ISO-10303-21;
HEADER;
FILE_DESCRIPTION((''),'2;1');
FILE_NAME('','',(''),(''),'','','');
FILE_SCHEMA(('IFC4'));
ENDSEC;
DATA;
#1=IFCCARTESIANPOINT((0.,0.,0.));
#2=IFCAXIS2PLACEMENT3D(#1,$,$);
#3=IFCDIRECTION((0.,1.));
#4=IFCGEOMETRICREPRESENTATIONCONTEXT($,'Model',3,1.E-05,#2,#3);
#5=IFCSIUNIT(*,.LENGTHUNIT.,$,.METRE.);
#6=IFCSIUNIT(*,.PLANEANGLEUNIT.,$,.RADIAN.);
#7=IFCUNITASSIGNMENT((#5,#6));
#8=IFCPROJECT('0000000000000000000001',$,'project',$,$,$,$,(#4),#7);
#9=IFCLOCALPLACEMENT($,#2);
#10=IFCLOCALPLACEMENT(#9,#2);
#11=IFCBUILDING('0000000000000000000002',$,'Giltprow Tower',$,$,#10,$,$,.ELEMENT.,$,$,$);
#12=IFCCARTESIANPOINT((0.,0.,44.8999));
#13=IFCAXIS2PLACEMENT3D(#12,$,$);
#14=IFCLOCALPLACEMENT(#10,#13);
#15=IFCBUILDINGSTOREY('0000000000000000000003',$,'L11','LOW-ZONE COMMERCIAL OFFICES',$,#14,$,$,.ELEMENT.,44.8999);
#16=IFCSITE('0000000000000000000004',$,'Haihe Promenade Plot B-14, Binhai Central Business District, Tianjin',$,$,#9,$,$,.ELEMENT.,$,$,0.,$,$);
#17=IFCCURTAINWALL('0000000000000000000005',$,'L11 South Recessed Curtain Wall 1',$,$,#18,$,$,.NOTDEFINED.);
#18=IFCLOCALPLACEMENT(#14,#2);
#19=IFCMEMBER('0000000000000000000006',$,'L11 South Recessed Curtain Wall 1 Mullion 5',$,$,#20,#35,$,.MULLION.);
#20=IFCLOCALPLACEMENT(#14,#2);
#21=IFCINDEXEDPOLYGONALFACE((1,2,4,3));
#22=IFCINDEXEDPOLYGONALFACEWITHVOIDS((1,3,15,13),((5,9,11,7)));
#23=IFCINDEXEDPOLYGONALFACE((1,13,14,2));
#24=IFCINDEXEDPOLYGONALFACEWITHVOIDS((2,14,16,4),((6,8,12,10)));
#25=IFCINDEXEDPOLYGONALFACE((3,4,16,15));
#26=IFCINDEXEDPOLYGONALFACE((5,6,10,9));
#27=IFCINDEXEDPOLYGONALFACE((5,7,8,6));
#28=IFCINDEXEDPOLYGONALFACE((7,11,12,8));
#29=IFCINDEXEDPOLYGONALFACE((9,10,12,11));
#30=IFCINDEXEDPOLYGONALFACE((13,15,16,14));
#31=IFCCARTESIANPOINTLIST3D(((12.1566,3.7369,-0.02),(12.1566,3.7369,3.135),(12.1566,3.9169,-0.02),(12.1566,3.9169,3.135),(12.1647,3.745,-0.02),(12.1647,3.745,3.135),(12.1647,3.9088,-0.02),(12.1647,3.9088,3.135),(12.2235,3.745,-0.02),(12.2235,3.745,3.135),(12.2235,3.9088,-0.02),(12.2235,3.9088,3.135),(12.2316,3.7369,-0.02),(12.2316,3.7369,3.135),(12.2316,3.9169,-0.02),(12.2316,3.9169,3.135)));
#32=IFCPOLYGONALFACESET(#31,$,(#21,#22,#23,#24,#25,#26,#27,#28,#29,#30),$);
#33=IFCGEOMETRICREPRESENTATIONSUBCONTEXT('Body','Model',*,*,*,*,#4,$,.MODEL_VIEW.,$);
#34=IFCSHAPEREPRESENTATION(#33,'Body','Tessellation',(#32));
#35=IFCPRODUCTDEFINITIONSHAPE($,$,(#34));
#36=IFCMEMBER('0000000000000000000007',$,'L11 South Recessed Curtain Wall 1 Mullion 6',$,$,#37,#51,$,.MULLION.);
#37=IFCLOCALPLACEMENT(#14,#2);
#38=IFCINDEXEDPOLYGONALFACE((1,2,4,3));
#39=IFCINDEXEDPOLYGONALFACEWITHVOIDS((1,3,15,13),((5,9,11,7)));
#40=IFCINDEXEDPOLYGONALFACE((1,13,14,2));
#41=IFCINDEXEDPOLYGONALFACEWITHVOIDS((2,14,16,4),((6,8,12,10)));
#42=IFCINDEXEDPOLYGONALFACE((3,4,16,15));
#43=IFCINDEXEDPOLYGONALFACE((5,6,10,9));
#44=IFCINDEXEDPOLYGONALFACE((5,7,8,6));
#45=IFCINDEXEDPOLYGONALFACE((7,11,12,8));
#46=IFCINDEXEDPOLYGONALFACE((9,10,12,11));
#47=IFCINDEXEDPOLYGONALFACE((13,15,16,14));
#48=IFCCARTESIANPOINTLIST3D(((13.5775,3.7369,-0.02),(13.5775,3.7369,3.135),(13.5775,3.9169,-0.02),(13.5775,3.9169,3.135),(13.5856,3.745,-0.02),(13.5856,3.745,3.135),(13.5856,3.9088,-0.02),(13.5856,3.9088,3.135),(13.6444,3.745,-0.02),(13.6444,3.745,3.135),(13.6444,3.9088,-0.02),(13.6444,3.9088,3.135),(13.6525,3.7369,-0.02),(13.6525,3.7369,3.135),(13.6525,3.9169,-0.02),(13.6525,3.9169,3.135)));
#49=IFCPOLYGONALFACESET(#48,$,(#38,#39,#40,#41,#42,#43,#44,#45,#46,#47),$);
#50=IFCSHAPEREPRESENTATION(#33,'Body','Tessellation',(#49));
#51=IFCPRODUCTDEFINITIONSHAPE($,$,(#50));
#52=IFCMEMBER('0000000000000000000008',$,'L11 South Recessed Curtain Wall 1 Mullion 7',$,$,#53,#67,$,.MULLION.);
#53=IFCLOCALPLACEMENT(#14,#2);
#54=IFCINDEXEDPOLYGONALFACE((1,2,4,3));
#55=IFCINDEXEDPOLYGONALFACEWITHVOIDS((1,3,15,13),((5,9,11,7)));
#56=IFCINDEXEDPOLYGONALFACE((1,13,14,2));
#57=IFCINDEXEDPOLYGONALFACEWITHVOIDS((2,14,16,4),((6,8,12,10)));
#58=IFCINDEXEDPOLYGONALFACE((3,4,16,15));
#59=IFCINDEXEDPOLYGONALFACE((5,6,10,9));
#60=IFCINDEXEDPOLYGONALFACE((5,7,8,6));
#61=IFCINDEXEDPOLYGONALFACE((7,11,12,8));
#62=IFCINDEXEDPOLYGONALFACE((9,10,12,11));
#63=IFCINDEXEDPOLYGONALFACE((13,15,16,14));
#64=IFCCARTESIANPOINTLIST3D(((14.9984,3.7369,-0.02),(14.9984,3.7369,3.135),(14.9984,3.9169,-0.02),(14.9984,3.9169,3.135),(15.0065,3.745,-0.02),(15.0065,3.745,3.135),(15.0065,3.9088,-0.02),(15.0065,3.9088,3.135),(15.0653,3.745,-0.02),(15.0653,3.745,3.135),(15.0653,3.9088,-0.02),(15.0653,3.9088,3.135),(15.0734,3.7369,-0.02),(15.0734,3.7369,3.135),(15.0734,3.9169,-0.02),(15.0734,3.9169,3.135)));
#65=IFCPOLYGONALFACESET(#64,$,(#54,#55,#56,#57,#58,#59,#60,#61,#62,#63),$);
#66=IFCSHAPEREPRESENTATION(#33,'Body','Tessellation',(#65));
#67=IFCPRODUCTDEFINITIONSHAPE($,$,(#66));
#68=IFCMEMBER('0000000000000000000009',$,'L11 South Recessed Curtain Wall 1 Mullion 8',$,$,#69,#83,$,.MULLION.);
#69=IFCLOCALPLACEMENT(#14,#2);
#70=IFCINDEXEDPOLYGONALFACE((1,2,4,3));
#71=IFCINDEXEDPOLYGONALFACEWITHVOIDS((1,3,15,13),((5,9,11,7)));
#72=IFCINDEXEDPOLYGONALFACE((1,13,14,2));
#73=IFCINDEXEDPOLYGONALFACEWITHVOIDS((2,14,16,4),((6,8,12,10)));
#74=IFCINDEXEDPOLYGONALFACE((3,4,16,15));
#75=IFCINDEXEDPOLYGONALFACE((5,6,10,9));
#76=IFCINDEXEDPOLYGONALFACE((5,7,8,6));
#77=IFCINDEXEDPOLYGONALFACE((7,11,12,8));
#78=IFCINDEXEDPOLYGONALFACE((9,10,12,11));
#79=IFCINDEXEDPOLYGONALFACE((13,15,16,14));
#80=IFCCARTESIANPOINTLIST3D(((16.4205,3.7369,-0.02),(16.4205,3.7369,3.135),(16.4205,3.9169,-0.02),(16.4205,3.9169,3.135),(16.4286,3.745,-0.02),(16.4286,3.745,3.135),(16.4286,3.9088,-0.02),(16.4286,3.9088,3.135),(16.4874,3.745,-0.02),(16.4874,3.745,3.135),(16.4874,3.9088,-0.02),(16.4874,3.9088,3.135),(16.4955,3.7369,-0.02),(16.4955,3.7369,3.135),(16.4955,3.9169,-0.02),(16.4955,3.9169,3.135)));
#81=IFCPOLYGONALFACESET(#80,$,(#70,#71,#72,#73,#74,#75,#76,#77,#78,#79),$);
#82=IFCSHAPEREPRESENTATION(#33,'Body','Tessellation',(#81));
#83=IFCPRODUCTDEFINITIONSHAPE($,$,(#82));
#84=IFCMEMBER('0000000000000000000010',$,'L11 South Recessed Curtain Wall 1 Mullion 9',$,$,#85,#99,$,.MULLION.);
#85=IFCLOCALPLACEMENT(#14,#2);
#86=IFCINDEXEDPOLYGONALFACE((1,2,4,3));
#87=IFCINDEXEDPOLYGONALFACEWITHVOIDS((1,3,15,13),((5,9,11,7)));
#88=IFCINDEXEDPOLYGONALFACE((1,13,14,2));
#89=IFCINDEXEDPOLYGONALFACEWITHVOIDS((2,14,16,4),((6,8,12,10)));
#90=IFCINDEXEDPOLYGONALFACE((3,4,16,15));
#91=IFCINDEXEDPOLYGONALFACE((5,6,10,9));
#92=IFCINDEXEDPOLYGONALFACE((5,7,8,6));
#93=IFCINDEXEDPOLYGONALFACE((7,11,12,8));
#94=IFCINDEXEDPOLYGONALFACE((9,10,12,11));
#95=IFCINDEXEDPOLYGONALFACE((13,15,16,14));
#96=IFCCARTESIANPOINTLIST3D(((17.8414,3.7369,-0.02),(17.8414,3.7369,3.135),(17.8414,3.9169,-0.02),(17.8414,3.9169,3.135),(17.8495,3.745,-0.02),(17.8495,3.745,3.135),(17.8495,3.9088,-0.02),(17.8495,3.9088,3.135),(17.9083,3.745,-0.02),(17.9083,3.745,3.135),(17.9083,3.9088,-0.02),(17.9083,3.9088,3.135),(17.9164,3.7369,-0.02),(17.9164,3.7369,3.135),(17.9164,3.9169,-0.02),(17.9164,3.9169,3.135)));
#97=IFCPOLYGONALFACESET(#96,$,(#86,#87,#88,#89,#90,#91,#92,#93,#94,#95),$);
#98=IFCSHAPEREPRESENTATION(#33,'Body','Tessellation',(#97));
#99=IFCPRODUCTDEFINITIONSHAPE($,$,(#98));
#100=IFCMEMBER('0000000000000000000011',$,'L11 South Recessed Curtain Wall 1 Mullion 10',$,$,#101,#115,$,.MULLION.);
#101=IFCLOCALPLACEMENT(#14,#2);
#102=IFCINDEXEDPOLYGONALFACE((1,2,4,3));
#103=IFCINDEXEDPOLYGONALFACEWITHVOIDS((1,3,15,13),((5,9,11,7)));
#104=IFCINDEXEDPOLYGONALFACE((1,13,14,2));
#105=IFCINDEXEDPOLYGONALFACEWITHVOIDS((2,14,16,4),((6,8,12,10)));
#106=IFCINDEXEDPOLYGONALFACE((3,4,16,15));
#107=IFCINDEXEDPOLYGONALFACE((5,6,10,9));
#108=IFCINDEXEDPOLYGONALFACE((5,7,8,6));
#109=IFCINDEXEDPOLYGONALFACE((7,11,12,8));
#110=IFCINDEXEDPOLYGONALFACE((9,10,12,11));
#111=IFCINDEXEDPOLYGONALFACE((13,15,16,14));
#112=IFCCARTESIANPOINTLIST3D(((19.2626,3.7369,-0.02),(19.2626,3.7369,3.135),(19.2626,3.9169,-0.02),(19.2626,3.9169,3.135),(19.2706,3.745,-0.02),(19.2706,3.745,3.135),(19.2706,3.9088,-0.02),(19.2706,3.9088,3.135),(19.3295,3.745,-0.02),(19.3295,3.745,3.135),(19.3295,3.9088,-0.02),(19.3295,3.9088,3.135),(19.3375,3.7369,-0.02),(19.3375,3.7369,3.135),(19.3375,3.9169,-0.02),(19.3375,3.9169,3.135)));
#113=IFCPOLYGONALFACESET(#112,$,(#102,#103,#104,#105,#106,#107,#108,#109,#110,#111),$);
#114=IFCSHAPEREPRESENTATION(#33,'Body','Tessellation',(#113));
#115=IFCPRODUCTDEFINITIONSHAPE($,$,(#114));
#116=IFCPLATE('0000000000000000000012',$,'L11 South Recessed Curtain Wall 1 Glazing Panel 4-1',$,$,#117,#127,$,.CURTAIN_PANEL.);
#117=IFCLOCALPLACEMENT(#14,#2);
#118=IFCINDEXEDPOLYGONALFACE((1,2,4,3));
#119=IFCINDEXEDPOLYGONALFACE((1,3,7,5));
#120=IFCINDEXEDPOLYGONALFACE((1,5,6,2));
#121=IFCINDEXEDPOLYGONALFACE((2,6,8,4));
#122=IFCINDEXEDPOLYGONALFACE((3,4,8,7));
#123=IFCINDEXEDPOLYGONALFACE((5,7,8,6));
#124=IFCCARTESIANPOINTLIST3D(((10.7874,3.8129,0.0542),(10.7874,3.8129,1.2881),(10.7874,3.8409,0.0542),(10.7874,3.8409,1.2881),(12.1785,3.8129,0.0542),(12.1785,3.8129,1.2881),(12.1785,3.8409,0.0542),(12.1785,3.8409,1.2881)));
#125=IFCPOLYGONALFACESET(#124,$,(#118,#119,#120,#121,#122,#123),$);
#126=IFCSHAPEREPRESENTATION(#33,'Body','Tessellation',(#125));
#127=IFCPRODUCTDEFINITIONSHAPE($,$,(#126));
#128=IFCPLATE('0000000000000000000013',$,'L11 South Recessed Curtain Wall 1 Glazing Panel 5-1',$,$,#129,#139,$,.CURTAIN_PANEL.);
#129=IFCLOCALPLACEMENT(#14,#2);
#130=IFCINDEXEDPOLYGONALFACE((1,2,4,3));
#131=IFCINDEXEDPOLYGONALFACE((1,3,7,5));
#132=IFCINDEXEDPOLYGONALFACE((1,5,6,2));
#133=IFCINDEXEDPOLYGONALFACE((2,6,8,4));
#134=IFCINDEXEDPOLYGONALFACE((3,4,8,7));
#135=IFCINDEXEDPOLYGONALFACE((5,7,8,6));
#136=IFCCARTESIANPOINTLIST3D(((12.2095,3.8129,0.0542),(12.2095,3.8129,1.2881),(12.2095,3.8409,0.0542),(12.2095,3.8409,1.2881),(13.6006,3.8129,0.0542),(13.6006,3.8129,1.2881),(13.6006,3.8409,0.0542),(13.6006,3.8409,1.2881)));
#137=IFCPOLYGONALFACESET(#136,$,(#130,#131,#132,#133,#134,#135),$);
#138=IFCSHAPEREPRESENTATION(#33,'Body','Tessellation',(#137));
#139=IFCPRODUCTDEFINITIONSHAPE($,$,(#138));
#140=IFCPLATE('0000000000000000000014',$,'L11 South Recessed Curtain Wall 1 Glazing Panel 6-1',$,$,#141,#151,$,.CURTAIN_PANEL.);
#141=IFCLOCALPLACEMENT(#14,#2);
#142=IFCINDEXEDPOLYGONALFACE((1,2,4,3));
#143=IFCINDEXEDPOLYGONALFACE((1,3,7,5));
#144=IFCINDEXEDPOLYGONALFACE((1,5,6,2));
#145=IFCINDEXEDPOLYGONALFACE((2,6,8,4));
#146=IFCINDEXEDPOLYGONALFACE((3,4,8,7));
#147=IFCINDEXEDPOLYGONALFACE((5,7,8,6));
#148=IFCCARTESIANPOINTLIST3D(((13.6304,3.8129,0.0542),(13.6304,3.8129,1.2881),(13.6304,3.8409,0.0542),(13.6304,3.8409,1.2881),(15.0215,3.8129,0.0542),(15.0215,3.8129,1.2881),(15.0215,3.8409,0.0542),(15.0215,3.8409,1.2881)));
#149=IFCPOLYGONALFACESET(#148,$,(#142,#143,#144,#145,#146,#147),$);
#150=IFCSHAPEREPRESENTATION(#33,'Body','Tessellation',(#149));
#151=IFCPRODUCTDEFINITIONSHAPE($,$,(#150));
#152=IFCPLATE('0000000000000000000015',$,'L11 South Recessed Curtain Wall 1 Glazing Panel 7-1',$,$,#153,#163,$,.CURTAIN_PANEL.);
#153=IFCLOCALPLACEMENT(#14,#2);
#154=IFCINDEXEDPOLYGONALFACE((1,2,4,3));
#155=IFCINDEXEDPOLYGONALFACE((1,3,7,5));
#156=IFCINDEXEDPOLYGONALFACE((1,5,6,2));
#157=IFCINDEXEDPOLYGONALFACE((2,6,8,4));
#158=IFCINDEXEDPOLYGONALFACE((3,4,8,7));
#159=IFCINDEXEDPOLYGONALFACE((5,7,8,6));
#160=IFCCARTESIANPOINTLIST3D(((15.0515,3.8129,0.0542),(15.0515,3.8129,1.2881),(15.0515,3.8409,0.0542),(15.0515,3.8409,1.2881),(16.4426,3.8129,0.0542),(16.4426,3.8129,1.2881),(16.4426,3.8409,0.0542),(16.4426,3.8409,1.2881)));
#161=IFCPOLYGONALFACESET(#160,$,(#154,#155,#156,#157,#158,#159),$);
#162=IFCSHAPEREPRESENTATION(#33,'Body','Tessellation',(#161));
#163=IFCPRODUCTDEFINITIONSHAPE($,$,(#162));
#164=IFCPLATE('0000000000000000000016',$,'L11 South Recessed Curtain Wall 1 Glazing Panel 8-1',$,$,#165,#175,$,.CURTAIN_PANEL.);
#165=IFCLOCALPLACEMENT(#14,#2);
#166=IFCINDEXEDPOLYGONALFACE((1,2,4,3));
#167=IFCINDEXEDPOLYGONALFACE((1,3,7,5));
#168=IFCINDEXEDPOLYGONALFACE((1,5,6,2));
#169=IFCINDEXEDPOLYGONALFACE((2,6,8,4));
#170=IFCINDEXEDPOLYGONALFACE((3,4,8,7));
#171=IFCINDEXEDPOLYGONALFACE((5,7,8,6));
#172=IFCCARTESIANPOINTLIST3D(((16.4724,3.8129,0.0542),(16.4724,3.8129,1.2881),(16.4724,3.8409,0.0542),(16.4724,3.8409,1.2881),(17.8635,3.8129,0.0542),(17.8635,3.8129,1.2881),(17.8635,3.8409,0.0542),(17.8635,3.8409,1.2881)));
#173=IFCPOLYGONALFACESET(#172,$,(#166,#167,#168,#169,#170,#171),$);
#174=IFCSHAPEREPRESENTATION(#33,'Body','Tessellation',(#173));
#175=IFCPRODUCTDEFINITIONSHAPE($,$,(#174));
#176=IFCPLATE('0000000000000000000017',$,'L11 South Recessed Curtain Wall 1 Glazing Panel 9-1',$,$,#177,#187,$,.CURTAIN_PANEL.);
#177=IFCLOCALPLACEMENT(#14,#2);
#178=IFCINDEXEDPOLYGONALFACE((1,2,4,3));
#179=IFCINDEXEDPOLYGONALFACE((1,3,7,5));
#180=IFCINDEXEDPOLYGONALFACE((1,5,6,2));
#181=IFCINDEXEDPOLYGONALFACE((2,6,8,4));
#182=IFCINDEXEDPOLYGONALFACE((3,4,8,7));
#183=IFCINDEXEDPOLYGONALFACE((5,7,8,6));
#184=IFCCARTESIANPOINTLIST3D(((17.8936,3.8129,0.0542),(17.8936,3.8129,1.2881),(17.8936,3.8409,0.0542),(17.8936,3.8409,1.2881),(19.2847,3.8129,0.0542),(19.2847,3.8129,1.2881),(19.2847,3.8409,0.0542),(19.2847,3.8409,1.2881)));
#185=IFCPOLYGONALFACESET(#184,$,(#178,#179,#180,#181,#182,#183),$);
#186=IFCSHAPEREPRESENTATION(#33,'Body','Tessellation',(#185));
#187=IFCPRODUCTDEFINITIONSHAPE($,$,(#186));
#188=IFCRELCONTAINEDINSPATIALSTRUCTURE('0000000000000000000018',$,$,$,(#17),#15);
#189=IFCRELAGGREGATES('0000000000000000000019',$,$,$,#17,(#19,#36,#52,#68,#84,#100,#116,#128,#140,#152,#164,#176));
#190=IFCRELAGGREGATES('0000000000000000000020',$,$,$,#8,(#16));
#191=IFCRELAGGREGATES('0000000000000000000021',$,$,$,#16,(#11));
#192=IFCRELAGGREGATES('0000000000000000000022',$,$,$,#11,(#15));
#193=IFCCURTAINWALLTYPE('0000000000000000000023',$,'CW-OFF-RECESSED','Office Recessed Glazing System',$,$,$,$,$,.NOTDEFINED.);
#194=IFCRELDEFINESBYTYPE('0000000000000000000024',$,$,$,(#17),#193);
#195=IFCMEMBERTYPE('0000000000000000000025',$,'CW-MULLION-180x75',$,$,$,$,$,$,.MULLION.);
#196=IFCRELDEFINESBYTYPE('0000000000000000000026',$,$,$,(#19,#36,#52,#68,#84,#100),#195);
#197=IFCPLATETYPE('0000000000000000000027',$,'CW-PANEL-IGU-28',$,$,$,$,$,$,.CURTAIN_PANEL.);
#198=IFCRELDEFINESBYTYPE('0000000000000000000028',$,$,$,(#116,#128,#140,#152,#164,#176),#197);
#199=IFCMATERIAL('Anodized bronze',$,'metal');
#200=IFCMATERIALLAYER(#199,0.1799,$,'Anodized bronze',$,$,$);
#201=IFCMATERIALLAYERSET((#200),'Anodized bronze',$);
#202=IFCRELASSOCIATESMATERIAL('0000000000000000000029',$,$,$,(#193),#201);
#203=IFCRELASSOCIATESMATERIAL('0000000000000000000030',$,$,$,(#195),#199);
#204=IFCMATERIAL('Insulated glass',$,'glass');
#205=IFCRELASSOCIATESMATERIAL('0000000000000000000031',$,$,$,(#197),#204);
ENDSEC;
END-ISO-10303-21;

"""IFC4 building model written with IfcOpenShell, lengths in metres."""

from ifc_helpers import new_model, si_unit, direction, frame, origin, origin_2d, place, context, subcontext, project, spatial, rectangle, hollow_rectangle, extrude, source, transform, mapped, material, layer, layer_set, material_profile, profile_set, type_object, element, aggregate, save


model = new_model("IFC4")

# Units and contexts
model_context = context("Model", 3, precision=1e-05, world=origin(), true_north=direction((0.0, 1.0)))
body_context = subcontext(model_context, "Body", "Model", "MODEL_VIEW")
ifc_project = project(units=[si_unit("LENGTHUNIT", "METRE"), si_unit("PLANEANGLEUNIT", "RADIAN")], contexts=[model_context])

# Site, building, storey
site_placement = place(None, origin())
site = spatial("IfcSite", under=ifc_project, at=site_placement, Name="Haihe Promenade Plot B-14, Binhai Central Business District, Tianjin", CompositionType="ELEMENT", RefElevation=0.0)
building_placement = place(site_placement, origin())
building = spatial("IfcBuilding", under=site, at=building_placement, Name="Giltprow Tower", CompositionType="ELEMENT")
storey_placement = place(building_placement, frame((0.0, 0.0, 44.8999)))
storey = spatial("IfcBuildingStorey", under=building, at=storey_placement, Name="L11", Description="LOW-ZONE COMMERCIAL OFFICES", CompositionType="ELEMENT", Elevation=44.8999)

# Curtain wall, members, plates
ifc_material_1 = material(Name="Anodized bronze", Category="metal")
ifc_layer = layer(ifc_material_1, 0.1799, Name="Anodized bronze")
ifc_layer_set = layer_set([ifc_layer], Name="Anodized bronze")
curtain_wall_type = type_object("IfcCurtainWallType", Name="CW-OFF-RECESSED", Description="Office Recessed Glazing System", PredefinedType="NOTDEFINED", material=ifc_layer_set)
curtain_wall_placement = place(storey_placement, origin())
curtain_wall = element("IfcCurtainWall", 1, at=curtain_wall_placement, inside=storey, type_object=curtain_wall_type, Name="L11 South Recessed Curtain Wall 1", PredefinedType="NOTDEFINED")
ifc_material_profile = material_profile(ifc_material_1, hollow_rectangle(XDim=0.075, YDim=0.1799, WallThickness=0.0081, at=origin_2d()), Name="RHS 180x75x8")
ifc_profile_set = profile_set([ifc_material_profile], Name="Anodized bronze")
member_type = type_object("IfcMemberType", Name="CW-MULLION-180x75", PredefinedType="MULLION", material=ifc_profile_set)
shared_shape_1 = source(origin(), body_context, "Body", "SweptSolid", [
    extrude(hollow_rectangle(XDim=0.075, YDim=0.1799, WallThickness=0.0081, at=origin_2d()), origin(), (0.0, 0.0, 1.0), 3.155),
])
member_1_placement = place(storey_placement, frame((12.1941, 3.8269, -0.02), z_axis=(0.0, 0.0, 1.0), x_axis=(1.0, 0.0, 0.0)))
member_1 = element("IfcMember", 2, at=member_1_placement, type_object=member_type, Name="L11 South Recessed Curtain Wall 1 Mullion 5", PredefinedType="MULLION", context=body_context, shape_type="MappedRepresentation", body=[
    mapped(shared_shape_1, transform((0.0, 0.0, 0.0), x_axis=(1.0, 0.0, 0.0), y_axis=(0.0, 1.0, 0.0), z_axis=(0.0, 0.0, 1.0), scale=1.0)),
])
member_2_placement = place(storey_placement, frame((13.615, 3.8269, -0.02), z_axis=(0.0, 0.0, 1.0), x_axis=(1.0, 0.0, 0.0)))
member_2 = element("IfcMember", 3, at=member_2_placement, type_object=member_type, Name="L11 South Recessed Curtain Wall 1 Mullion 6", PredefinedType="MULLION", context=body_context, shape_type="MappedRepresentation", body=[
    mapped(shared_shape_1, transform((0.0, 0.0, 0.0), x_axis=(1.0, 0.0, 0.0), y_axis=(0.0, 1.0, 0.0), z_axis=(0.0, 0.0, 1.0), scale=1.0)),
])
member_3_placement = place(storey_placement, frame((15.0359, 3.8269, -0.02), z_axis=(0.0, 0.0, 1.0), x_axis=(1.0, 0.0, 0.0)))
member_3 = element("IfcMember", 4, at=member_3_placement, type_object=member_type, Name="L11 South Recessed Curtain Wall 1 Mullion 7", PredefinedType="MULLION", context=body_context, shape_type="MappedRepresentation", body=[
    mapped(shared_shape_1, transform((0.0, 0.0, 0.0), x_axis=(1.0, 0.0, 0.0), y_axis=(0.0, 1.0, 0.0), z_axis=(0.0, 0.0, 1.0), scale=1.0)),
])
member_4_placement = place(storey_placement, frame((16.458, 3.8269, -0.02), z_axis=(0.0, 0.0, 1.0), x_axis=(1.0, 0.0, 0.0)))
member_4 = element("IfcMember", 5, at=member_4_placement, type_object=member_type, Name="L11 South Recessed Curtain Wall 1 Mullion 8", PredefinedType="MULLION", context=body_context, shape_type="MappedRepresentation", body=[
    mapped(shared_shape_1, transform((0.0, 0.0, 0.0), x_axis=(1.0, 0.0, 0.0), y_axis=(0.0, 1.0, 0.0), z_axis=(0.0, 0.0, 1.0), scale=1.0)),
])
member_5_placement = place(storey_placement, frame((17.8789, 3.8269, -0.02), z_axis=(0.0, 0.0, 1.0), x_axis=(1.0, 0.0, 0.0)))
member_5 = element("IfcMember", 6, at=member_5_placement, type_object=member_type, Name="L11 South Recessed Curtain Wall 1 Mullion 9", PredefinedType="MULLION", context=body_context, shape_type="MappedRepresentation", body=[
    mapped(shared_shape_1, transform((0.0, 0.0, 0.0), x_axis=(1.0, 0.0, 0.0), y_axis=(0.0, 1.0, 0.0), z_axis=(0.0, 0.0, 1.0), scale=1.0)),
])
member_6_placement = place(storey_placement, frame((19.3, 3.8269, -0.02), z_axis=(0.0, 0.0, 1.0), x_axis=(1.0, 0.0, 0.0)))
member_6 = element("IfcMember", 7, at=member_6_placement, type_object=member_type, Name="L11 South Recessed Curtain Wall 1 Mullion 10", PredefinedType="MULLION", context=body_context, shape_type="MappedRepresentation", body=[
    mapped(shared_shape_1, transform((0.0, 0.0, 0.0), x_axis=(1.0, 0.0, 0.0), y_axis=(0.0, 1.0, 0.0), z_axis=(0.0, 0.0, 1.0), scale=1.0)),
])
ifc_material_2 = material(Name="Insulated glass", Category="glass")
plate_type = type_object("IfcPlateType", Name="CW-PANEL-IGU-28", PredefinedType="CURTAIN_PANEL", material=ifc_material_2)
shared_shape_2 = source(origin(), body_context, "Body", "SweptSolid", [
    extrude(rectangle(XDim=1.3911, YDim=0.0281, at=origin_2d()), origin(), (0.0, 0.0, 1.0), 1.2339),
])
plate_1_placement = place(storey_placement, frame((11.4829, 3.8269, 0.0542), z_axis=(0.0, 0.0, 1.0), x_axis=(1.0, 0.0, 0.0)))
plate_1 = element("IfcPlate", 8, at=plate_1_placement, type_object=plate_type, Name="L11 South Recessed Curtain Wall 1 Glazing Panel 4-1", PredefinedType="CURTAIN_PANEL", context=body_context, shape_type="MappedRepresentation", body=[
    mapped(shared_shape_2, transform((0.0, 0.0, 0.0), x_axis=(1.0, 0.0, 0.0), y_axis=(0.0, 1.0, 0.0), z_axis=(0.0, 0.0, 1.0), scale=1.0)),
])
plate_2_placement = place(storey_placement, frame((12.905, 3.8269, 0.0542), z_axis=(0.0, 0.0, 1.0), x_axis=(1.0, 0.0, 0.0)))
plate_2 = element("IfcPlate", 9, at=plate_2_placement, type_object=plate_type, Name="L11 South Recessed Curtain Wall 1 Glazing Panel 5-1", PredefinedType="CURTAIN_PANEL", context=body_context, shape_type="MappedRepresentation", body=[
    mapped(shared_shape_2, transform((0.0, 0.0, 0.0), x_axis=(1.0, 0.0, 0.0), y_axis=(0.0, 1.0, 0.0), z_axis=(0.0, 0.0, 1.0), scale=1.0)),
])
plate_3_placement = place(storey_placement, frame((14.3259, 3.8269, 0.0542), z_axis=(0.0, 0.0, 1.0), x_axis=(1.0, 0.0, 0.0)))
plate_3 = element("IfcPlate", 10, at=plate_3_placement, type_object=plate_type, Name="L11 South Recessed Curtain Wall 1 Glazing Panel 6-1", PredefinedType="CURTAIN_PANEL", context=body_context, shape_type="MappedRepresentation", body=[
    mapped(shared_shape_2, transform((0.0, 0.0, 0.0), x_axis=(1.0, 0.0, 0.0), y_axis=(0.0, 1.0, 0.0), z_axis=(0.0, 0.0, 1.0), scale=1.0)),
])
plate_4_placement = place(storey_placement, frame((15.7471, 3.8269, 0.0542), z_axis=(0.0, 0.0, 1.0), x_axis=(1.0, 0.0, 0.0)))
plate_4 = element("IfcPlate", 11, at=plate_4_placement, type_object=plate_type, Name="L11 South Recessed Curtain Wall 1 Glazing Panel 7-1", PredefinedType="CURTAIN_PANEL", context=body_context, shape_type="MappedRepresentation", body=[
    mapped(shared_shape_2, transform((0.0, 0.0, 0.0), x_axis=(1.0, 0.0, 0.0), y_axis=(0.0, 1.0, 0.0), z_axis=(0.0, 0.0, 1.0), scale=1.0)),
])
plate_5_placement = place(storey_placement, frame((17.168, 3.8269, 0.0542), z_axis=(0.0, 0.0, 1.0), x_axis=(1.0, 0.0, 0.0)))
plate_5 = element("IfcPlate", 12, at=plate_5_placement, type_object=plate_type, Name="L11 South Recessed Curtain Wall 1 Glazing Panel 8-1", PredefinedType="CURTAIN_PANEL", context=body_context, shape_type="MappedRepresentation", body=[
    mapped(shared_shape_2, transform((0.0, 0.0, 0.0), x_axis=(1.0, 0.0, 0.0), y_axis=(0.0, 1.0, 0.0), z_axis=(0.0, 0.0, 1.0), scale=1.0)),
])
plate_6_placement = place(storey_placement, frame((18.5891, 3.8269, 0.0542), z_axis=(0.0, 0.0, 1.0), x_axis=(1.0, 0.0, 0.0)))
plate_6 = element("IfcPlate", 13, at=plate_6_placement, type_object=plate_type, Name="L11 South Recessed Curtain Wall 1 Glazing Panel 9-1", PredefinedType="CURTAIN_PANEL", context=body_context, shape_type="MappedRepresentation", body=[
    mapped(shared_shape_2, transform((0.0, 0.0, 0.0), x_axis=(1.0, 0.0, 0.0), y_axis=(0.0, 1.0, 0.0), z_axis=(0.0, 0.0, 1.0), scale=1.0)),
])
aggregate(curtain_wall, [member_1, member_2, member_3, member_4, member_5, member_6, plate_1, plate_2, plate_3, plate_4, plate_5, plate_6])

save(model, "model.ifc")
